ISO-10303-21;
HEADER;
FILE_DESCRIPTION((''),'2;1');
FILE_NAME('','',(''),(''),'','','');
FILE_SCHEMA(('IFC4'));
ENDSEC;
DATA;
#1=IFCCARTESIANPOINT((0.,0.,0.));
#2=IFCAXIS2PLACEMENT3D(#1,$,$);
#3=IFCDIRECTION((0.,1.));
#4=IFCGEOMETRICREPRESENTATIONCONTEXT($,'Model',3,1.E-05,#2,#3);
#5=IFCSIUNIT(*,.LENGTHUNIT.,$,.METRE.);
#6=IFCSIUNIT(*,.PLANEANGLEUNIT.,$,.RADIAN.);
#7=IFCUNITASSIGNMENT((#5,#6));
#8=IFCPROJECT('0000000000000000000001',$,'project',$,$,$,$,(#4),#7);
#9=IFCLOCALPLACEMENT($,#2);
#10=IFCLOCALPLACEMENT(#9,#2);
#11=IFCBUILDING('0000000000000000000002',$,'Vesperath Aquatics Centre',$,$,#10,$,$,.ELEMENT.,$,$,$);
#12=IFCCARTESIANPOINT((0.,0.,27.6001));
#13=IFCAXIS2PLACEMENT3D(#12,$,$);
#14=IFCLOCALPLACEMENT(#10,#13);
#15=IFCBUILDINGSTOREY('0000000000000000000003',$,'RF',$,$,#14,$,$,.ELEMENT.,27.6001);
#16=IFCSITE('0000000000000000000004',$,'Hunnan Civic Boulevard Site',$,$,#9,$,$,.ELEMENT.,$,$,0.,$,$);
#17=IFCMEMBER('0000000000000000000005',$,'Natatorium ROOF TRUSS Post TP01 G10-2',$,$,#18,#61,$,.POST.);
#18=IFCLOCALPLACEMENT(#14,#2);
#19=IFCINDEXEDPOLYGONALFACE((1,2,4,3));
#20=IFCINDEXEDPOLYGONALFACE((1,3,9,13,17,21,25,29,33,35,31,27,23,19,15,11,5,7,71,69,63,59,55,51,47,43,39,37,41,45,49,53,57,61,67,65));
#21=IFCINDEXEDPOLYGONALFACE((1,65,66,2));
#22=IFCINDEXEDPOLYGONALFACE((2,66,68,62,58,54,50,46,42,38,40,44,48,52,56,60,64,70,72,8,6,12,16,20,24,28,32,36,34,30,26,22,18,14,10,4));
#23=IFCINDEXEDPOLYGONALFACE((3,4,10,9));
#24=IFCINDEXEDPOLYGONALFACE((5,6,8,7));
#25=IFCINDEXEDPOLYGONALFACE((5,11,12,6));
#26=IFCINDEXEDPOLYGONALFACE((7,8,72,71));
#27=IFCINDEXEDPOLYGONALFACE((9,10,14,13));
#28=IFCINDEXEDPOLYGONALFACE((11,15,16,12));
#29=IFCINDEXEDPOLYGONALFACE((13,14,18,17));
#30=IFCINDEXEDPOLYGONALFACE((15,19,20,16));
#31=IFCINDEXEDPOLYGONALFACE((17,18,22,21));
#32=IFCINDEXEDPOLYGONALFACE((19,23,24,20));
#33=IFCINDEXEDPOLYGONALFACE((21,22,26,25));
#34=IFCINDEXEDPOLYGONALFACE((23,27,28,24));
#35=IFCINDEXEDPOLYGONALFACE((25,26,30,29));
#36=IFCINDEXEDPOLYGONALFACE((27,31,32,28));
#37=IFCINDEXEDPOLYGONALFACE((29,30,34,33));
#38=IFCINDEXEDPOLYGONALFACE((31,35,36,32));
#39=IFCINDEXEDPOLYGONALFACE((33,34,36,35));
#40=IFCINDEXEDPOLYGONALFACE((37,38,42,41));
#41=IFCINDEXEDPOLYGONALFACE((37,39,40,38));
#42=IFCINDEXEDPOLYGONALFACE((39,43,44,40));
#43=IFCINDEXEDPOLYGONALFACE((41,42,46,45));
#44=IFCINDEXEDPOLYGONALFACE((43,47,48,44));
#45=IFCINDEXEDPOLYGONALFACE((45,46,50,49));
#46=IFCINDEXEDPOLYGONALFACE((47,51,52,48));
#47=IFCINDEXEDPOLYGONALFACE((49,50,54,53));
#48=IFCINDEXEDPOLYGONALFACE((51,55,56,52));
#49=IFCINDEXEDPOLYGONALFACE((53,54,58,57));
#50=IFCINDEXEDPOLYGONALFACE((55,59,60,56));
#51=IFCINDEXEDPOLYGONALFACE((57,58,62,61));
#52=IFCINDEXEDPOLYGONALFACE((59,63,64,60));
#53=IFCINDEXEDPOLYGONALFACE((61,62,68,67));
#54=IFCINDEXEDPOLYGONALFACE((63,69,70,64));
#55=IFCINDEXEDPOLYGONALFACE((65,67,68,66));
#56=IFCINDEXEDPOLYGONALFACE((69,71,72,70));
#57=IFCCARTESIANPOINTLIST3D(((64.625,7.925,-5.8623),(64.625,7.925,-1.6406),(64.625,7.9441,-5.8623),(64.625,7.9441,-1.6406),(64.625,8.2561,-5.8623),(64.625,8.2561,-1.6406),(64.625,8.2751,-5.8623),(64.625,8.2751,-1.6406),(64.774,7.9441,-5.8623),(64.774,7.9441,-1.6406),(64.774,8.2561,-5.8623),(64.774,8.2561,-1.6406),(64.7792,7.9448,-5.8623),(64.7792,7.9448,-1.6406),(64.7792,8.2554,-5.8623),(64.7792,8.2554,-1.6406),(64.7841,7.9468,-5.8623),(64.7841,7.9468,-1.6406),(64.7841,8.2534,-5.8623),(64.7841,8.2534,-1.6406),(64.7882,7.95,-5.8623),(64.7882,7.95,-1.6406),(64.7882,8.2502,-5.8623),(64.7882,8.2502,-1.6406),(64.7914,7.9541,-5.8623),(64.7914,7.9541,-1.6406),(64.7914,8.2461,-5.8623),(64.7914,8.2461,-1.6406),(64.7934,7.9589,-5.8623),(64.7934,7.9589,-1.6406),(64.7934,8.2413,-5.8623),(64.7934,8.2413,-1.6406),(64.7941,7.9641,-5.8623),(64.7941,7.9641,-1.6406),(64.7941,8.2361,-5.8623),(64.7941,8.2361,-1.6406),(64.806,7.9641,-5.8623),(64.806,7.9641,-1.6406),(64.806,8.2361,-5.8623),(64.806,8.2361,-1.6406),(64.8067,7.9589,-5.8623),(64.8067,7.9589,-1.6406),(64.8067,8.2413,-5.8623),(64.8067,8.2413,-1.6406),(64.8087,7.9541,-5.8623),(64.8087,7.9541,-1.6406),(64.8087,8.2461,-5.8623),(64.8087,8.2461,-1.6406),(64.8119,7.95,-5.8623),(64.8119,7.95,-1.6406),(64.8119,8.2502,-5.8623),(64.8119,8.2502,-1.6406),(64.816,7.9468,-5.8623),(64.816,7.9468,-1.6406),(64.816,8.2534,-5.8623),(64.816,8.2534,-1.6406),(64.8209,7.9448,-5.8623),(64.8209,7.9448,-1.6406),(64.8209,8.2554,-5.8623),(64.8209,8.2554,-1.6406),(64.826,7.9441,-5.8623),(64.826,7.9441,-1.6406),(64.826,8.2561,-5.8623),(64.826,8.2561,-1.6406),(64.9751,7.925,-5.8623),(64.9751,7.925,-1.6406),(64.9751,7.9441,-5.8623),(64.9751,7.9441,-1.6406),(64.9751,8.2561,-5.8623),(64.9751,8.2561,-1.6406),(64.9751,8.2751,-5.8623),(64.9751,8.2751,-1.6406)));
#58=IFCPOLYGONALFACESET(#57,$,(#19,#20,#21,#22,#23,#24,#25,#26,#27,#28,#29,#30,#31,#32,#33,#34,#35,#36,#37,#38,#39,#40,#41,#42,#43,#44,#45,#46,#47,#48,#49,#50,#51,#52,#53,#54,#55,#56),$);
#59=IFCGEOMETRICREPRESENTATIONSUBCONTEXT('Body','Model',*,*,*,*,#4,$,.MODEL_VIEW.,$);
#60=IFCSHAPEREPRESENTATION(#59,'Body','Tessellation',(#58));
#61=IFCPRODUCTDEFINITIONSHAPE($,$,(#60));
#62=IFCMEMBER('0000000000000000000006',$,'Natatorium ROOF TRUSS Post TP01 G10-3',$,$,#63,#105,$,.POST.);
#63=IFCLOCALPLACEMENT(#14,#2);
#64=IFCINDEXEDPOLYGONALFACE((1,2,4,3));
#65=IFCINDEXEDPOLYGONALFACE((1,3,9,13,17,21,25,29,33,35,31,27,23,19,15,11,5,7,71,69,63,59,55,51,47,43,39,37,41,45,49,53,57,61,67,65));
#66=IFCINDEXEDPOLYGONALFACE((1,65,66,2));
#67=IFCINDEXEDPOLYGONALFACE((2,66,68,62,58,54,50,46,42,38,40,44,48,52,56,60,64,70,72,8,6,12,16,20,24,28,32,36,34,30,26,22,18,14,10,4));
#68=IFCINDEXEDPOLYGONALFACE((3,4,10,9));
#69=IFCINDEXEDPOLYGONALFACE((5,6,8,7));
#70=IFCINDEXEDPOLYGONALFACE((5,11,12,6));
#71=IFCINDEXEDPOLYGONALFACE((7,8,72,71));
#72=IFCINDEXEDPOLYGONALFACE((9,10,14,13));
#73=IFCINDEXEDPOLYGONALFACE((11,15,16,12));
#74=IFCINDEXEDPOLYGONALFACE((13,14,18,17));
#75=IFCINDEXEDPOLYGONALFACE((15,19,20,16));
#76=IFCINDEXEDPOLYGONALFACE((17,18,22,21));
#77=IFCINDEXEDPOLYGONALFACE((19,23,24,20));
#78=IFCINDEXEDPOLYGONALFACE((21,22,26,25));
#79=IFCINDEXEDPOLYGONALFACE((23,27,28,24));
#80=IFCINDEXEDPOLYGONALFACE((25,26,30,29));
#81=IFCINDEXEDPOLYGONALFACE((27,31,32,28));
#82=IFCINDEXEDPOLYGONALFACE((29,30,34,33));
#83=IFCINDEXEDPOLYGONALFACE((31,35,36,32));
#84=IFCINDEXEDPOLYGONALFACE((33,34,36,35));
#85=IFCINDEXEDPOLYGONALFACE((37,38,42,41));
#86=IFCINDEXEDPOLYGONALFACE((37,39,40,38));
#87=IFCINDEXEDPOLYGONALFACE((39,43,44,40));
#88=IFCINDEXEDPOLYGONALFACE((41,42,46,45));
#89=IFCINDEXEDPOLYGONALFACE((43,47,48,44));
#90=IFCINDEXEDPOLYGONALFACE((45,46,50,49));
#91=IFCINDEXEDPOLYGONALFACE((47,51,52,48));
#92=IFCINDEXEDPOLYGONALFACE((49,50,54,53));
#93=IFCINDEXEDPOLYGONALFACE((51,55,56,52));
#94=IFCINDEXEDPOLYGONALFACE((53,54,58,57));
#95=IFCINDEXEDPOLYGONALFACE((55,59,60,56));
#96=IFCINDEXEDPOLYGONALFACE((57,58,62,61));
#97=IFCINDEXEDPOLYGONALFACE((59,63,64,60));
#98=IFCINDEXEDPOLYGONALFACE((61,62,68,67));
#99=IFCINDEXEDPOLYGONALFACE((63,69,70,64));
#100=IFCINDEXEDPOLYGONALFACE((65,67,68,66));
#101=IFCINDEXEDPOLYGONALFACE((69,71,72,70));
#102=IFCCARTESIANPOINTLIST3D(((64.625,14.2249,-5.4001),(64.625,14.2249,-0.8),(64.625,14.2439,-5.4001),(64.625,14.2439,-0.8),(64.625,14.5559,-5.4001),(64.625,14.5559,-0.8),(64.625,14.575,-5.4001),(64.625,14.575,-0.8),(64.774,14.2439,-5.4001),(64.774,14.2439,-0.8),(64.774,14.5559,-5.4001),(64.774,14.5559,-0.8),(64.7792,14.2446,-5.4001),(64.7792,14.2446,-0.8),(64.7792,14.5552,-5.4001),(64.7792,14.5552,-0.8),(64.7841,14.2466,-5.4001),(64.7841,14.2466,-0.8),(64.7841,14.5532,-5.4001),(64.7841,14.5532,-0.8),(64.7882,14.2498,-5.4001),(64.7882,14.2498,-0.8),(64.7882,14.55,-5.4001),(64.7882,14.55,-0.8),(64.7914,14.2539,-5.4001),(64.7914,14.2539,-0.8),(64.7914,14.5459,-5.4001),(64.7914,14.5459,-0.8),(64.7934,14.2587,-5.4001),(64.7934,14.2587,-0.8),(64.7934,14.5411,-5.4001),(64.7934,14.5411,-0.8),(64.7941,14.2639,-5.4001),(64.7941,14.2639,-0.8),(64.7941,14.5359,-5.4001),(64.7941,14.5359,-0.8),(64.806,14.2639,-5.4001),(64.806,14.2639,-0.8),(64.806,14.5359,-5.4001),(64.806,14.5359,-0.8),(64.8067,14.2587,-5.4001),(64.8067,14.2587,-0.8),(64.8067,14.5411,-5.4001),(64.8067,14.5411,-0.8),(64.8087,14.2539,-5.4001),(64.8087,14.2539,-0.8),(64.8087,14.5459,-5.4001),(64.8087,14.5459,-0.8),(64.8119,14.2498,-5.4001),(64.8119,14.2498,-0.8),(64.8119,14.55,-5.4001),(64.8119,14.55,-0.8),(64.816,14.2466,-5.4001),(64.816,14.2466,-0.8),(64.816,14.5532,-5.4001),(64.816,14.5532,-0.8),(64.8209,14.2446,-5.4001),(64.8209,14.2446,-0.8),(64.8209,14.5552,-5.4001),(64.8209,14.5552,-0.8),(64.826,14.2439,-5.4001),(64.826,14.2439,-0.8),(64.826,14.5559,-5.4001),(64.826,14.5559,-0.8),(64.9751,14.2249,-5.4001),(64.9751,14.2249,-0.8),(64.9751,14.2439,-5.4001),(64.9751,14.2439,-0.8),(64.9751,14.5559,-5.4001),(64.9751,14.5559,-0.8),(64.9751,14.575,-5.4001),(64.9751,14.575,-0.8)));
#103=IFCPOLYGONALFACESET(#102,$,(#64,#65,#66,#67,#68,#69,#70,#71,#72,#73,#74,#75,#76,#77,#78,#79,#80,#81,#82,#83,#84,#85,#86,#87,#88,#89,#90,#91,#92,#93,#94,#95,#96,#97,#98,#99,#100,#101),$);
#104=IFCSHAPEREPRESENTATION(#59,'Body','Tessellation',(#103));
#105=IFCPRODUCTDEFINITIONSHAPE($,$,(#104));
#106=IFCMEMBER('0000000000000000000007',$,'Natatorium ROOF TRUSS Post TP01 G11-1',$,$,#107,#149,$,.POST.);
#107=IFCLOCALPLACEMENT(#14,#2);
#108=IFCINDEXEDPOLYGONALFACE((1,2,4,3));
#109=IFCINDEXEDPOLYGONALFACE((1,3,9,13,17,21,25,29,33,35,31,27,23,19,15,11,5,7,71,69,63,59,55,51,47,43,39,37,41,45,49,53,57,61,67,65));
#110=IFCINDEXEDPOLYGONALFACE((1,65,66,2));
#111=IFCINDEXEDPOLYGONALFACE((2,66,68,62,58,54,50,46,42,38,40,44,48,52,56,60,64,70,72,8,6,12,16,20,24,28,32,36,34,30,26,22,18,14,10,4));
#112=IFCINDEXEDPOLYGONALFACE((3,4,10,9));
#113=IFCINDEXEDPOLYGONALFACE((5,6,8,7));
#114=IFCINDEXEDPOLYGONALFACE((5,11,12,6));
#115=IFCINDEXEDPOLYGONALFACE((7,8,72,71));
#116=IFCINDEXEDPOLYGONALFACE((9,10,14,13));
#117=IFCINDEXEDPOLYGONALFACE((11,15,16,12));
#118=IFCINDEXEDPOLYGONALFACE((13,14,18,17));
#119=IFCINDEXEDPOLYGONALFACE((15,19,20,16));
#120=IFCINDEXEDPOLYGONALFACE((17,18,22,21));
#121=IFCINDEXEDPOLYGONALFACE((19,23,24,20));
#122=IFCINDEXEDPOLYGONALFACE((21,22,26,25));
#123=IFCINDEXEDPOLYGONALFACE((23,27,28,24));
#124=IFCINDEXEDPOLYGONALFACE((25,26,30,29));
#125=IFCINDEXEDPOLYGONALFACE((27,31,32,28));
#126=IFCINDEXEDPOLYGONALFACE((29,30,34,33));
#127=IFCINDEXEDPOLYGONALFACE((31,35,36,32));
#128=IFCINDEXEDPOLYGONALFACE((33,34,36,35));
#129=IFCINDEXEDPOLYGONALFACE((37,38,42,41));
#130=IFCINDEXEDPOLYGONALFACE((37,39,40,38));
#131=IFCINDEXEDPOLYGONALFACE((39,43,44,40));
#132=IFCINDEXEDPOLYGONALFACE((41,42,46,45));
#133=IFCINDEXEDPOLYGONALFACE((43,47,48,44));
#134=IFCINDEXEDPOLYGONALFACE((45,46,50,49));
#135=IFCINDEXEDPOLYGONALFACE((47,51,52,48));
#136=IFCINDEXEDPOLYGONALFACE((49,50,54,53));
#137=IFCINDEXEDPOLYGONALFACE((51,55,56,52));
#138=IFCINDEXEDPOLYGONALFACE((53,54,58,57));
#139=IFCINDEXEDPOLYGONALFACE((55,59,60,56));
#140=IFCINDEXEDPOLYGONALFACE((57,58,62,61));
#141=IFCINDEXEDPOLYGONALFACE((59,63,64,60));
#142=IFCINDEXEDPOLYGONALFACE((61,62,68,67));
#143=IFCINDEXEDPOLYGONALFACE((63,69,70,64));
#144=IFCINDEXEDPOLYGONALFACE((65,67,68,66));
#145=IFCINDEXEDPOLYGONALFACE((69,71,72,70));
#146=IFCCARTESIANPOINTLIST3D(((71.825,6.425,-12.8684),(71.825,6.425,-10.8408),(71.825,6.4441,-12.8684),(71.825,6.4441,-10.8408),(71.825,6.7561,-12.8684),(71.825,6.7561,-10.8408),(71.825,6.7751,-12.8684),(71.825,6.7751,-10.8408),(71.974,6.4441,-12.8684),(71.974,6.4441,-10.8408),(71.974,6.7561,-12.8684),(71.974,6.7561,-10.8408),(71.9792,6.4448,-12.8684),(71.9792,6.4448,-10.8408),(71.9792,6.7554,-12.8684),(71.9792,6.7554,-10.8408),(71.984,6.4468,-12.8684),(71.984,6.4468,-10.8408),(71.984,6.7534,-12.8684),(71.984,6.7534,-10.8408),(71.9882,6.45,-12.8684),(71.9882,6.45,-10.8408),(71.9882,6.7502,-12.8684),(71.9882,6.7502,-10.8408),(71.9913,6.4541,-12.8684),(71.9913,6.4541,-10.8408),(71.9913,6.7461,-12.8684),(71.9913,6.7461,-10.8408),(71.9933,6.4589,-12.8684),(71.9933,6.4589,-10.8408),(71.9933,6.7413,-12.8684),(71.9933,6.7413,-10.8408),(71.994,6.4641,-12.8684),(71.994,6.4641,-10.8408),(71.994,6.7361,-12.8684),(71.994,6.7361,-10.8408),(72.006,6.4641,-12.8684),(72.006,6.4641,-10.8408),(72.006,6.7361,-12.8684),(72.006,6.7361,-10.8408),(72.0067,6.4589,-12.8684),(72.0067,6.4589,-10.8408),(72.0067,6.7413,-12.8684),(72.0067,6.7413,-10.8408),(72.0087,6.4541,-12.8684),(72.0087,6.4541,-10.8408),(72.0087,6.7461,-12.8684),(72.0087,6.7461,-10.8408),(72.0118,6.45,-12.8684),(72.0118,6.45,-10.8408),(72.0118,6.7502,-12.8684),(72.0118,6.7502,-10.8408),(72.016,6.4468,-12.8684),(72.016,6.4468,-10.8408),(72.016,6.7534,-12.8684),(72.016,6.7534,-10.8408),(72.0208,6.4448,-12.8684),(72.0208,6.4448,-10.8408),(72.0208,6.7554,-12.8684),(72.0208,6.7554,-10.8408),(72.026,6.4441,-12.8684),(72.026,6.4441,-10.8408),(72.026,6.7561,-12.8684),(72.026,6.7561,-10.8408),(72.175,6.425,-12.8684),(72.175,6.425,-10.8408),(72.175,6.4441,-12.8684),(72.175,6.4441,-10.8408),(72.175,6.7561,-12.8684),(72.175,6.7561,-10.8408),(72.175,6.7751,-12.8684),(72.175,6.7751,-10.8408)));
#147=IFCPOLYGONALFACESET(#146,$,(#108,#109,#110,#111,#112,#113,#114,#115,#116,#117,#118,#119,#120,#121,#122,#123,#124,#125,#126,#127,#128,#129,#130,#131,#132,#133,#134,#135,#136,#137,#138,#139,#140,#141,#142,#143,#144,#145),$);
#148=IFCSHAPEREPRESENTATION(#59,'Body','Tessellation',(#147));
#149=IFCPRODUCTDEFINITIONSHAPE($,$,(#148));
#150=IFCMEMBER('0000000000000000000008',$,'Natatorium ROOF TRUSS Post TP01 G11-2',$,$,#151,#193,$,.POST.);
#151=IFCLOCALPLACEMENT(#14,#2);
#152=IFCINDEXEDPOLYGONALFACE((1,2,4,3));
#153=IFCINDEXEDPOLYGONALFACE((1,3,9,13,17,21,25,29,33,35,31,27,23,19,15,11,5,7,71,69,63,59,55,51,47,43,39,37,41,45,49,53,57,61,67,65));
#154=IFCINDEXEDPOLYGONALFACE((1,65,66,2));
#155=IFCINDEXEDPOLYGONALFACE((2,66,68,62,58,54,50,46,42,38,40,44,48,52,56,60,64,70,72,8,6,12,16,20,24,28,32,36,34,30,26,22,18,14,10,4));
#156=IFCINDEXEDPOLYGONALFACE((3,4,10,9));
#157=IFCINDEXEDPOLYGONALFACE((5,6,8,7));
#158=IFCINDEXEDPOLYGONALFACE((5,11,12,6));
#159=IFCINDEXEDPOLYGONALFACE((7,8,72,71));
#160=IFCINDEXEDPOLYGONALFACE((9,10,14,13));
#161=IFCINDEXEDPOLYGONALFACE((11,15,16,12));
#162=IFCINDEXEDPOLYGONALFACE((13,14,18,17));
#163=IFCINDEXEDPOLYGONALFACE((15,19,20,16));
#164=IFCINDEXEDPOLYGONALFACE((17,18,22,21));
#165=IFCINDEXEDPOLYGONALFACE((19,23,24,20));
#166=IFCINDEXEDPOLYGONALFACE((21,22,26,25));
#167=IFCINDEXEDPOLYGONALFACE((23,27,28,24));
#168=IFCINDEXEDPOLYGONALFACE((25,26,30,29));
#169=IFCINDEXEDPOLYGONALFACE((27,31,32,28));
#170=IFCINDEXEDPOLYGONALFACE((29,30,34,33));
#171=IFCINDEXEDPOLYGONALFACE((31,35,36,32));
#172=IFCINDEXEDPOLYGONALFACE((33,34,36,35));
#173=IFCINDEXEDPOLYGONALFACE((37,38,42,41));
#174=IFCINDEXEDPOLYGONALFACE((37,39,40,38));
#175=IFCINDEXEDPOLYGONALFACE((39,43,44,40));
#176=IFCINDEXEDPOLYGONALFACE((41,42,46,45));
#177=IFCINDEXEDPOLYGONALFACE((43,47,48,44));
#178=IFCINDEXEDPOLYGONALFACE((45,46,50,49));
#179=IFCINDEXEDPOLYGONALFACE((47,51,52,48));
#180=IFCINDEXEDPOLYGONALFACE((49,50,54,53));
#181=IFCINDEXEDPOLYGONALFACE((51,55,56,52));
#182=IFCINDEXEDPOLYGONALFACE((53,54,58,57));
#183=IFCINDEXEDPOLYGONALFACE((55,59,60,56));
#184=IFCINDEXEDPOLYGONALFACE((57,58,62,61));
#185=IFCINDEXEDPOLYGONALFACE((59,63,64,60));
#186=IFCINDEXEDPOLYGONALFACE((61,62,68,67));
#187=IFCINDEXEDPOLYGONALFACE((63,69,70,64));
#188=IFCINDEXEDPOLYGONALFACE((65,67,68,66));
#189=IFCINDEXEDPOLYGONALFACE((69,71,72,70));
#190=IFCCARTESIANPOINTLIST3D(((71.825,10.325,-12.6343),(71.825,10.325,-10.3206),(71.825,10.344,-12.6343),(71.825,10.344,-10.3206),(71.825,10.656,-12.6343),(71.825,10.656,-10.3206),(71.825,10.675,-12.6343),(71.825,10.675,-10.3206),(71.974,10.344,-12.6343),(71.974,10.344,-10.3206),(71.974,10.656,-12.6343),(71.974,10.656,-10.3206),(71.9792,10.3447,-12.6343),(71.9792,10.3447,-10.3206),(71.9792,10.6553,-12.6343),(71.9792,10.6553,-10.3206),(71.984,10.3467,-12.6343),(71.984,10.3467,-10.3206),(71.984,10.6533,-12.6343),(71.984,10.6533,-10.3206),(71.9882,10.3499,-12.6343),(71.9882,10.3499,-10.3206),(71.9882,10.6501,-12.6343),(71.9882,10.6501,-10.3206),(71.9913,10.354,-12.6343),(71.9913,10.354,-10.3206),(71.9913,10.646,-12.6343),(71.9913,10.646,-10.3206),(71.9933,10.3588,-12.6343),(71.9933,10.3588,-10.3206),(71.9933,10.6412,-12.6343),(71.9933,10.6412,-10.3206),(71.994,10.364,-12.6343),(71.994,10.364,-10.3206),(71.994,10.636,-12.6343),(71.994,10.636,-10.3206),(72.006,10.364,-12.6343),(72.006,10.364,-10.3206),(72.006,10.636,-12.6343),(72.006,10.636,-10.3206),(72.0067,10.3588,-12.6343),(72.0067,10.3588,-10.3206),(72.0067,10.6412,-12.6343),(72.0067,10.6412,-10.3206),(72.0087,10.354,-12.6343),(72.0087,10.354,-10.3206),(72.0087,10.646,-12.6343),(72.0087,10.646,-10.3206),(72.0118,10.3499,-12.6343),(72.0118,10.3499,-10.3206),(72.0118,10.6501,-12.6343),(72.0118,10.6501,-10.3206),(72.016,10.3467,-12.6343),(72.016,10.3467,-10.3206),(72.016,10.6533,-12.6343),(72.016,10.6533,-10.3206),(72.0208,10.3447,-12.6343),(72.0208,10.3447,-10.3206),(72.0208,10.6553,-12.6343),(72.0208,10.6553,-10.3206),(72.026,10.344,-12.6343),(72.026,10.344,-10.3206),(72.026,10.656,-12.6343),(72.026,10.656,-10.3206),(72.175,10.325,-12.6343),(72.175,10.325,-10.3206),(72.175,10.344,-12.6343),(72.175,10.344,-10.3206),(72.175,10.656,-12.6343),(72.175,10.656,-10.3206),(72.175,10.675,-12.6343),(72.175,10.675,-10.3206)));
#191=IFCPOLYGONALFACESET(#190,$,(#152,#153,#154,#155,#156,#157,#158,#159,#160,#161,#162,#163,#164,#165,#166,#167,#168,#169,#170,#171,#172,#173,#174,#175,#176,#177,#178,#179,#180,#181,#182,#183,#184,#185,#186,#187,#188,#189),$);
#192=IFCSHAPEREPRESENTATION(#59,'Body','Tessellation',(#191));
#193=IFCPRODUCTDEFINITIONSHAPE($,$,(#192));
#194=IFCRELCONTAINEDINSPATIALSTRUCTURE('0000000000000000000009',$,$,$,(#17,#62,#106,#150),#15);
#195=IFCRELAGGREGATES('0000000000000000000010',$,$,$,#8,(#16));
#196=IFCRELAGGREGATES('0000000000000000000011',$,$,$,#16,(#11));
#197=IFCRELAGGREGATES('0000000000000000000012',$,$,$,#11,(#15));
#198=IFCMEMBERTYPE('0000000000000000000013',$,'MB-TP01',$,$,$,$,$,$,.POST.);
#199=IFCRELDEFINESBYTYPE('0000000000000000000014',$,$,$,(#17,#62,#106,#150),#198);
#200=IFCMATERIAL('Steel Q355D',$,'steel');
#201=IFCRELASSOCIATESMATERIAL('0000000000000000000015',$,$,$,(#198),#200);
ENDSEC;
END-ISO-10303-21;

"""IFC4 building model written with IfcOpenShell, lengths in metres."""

from ifc_helpers import new_model, si_unit, direction, frame, origin, origin_2d, place, context, subcontext, project, spatial, i_section, extrude, material, material_profile, profile_set, type_object, element, save


model = new_model("IFC4")

# Units and contexts
model_context = context("Model", 3, precision=1e-05, world=origin(), true_north=direction((0.0, 1.0)))
body_context = subcontext(model_context, "Body", "Model", "MODEL_VIEW")
ifc_project = project(units=[si_unit("LENGTHUNIT", "METRE"), si_unit("PLANEANGLEUNIT", "RADIAN")], contexts=[model_context])

# Site, building, storey
site_placement = place(None, origin())
site = spatial("IfcSite", under=ifc_project, at=site_placement, Name="Hunnan Civic Boulevard Site", CompositionType="ELEMENT", RefElevation=0.0)
building_placement = place(site_placement, origin())
building = spatial("IfcBuilding", under=site, at=building_placement, Name="Vesperath Aquatics Centre", CompositionType="ELEMENT")
storey_placement = place(building_placement, frame((0.0, 0.0, 27.6001)))
storey = spatial("IfcBuildingStorey", under=building, at=storey_placement, Name="RF", CompositionType="ELEMENT", Elevation=27.6001)

# Members
ifc_material_1 = material(Name="Steel Q355D", Category="steel")
ifc_material_profile_1 = material_profile(ifc_material_1, i_section(OverallWidth=0.3501, OverallDepth=0.3501, WebThickness=0.012, FlangeThickness=0.019, FilletRadius=0.02, at=origin_2d()), Name="HW 350x350x12x19")
ifc_profile_set_1 = profile_set([ifc_material_profile_1], Name="Steel Q355D")
member_type_1 = type_object("IfcMemberType", Name="MB-TP01", PredefinedType="POST", material=ifc_profile_set_1)
member_1_placement = place(storey_placement, frame((64.8, 8.1001, -5.8623), z_axis=(0.0, 0.0, 1.0), x_axis=(1.0, 0.0, 0.0)))
element("IfcMember", 1, at=member_1_placement, inside=storey, type_object=member_type_1, Name="Natatorium ROOF TRUSS Post TP01 G10-2", PredefinedType="POST", context=body_context, shape_type="SweptSolid", body=[
    extrude(i_section(OverallWidth=0.3501, OverallDepth=0.3501, WebThickness=0.012, FlangeThickness=0.019, FilletRadius=0.02, at=origin_2d()), origin(), (0.0, 0.0, 1.0), 4.2217),
])
member_2_placement = place(storey_placement, frame((64.8, 14.3999, -5.4001), z_axis=(0.0, 0.0, 1.0), x_axis=(1.0, 0.0, 0.0)))
element("IfcMember", 2, at=member_2_placement, inside=storey, type_object=member_type_1, Name="Natatorium ROOF TRUSS Post TP01 G10-3", PredefinedType="POST", context=body_context, shape_type="SweptSolid", body=[
    extrude(i_section(OverallWidth=0.3501, OverallDepth=0.3501, WebThickness=0.012, FlangeThickness=0.019, FilletRadius=0.02, at=origin_2d()), origin(), (0.0, 0.0, 1.0), 4.6001),
])
member_3_placement = place(storey_placement, frame((72.0, 6.6001, -12.8684), z_axis=(0.0, 0.0, 1.0), x_axis=(1.0, 0.0, 0.0)))
element("IfcMember", 3, at=member_3_placement, inside=storey, type_object=member_type_1, Name="Natatorium ROOF TRUSS Post TP01 G11-1", PredefinedType="POST", context=body_context, shape_type="SweptSolid", body=[
    extrude(i_section(OverallWidth=0.3501, OverallDepth=0.3501, WebThickness=0.012, FlangeThickness=0.019, FilletRadius=0.02, at=origin_2d()), origin(), (0.0, 0.0, 1.0), 2.0276),
])
member_4_placement = place(storey_placement, frame((72.0, 10.5, -12.6343), z_axis=(0.0, 0.0, 1.0), x_axis=(1.0, 0.0, 0.0)))
element("IfcMember", 4, at=member_4_placement, inside=storey, type_object=member_type_1, Name="Natatorium ROOF TRUSS Post TP01 G11-2", PredefinedType="POST", context=body_context, shape_type="SweptSolid", body=[
    extrude(i_section(OverallWidth=0.3501, OverallDepth=0.3501, WebThickness=0.012, FlangeThickness=0.019, FilletRadius=0.02, at=origin_2d()), origin(), (0.0, 0.0, 1.0), 2.3137),
])

save(model, "model.ifc")
